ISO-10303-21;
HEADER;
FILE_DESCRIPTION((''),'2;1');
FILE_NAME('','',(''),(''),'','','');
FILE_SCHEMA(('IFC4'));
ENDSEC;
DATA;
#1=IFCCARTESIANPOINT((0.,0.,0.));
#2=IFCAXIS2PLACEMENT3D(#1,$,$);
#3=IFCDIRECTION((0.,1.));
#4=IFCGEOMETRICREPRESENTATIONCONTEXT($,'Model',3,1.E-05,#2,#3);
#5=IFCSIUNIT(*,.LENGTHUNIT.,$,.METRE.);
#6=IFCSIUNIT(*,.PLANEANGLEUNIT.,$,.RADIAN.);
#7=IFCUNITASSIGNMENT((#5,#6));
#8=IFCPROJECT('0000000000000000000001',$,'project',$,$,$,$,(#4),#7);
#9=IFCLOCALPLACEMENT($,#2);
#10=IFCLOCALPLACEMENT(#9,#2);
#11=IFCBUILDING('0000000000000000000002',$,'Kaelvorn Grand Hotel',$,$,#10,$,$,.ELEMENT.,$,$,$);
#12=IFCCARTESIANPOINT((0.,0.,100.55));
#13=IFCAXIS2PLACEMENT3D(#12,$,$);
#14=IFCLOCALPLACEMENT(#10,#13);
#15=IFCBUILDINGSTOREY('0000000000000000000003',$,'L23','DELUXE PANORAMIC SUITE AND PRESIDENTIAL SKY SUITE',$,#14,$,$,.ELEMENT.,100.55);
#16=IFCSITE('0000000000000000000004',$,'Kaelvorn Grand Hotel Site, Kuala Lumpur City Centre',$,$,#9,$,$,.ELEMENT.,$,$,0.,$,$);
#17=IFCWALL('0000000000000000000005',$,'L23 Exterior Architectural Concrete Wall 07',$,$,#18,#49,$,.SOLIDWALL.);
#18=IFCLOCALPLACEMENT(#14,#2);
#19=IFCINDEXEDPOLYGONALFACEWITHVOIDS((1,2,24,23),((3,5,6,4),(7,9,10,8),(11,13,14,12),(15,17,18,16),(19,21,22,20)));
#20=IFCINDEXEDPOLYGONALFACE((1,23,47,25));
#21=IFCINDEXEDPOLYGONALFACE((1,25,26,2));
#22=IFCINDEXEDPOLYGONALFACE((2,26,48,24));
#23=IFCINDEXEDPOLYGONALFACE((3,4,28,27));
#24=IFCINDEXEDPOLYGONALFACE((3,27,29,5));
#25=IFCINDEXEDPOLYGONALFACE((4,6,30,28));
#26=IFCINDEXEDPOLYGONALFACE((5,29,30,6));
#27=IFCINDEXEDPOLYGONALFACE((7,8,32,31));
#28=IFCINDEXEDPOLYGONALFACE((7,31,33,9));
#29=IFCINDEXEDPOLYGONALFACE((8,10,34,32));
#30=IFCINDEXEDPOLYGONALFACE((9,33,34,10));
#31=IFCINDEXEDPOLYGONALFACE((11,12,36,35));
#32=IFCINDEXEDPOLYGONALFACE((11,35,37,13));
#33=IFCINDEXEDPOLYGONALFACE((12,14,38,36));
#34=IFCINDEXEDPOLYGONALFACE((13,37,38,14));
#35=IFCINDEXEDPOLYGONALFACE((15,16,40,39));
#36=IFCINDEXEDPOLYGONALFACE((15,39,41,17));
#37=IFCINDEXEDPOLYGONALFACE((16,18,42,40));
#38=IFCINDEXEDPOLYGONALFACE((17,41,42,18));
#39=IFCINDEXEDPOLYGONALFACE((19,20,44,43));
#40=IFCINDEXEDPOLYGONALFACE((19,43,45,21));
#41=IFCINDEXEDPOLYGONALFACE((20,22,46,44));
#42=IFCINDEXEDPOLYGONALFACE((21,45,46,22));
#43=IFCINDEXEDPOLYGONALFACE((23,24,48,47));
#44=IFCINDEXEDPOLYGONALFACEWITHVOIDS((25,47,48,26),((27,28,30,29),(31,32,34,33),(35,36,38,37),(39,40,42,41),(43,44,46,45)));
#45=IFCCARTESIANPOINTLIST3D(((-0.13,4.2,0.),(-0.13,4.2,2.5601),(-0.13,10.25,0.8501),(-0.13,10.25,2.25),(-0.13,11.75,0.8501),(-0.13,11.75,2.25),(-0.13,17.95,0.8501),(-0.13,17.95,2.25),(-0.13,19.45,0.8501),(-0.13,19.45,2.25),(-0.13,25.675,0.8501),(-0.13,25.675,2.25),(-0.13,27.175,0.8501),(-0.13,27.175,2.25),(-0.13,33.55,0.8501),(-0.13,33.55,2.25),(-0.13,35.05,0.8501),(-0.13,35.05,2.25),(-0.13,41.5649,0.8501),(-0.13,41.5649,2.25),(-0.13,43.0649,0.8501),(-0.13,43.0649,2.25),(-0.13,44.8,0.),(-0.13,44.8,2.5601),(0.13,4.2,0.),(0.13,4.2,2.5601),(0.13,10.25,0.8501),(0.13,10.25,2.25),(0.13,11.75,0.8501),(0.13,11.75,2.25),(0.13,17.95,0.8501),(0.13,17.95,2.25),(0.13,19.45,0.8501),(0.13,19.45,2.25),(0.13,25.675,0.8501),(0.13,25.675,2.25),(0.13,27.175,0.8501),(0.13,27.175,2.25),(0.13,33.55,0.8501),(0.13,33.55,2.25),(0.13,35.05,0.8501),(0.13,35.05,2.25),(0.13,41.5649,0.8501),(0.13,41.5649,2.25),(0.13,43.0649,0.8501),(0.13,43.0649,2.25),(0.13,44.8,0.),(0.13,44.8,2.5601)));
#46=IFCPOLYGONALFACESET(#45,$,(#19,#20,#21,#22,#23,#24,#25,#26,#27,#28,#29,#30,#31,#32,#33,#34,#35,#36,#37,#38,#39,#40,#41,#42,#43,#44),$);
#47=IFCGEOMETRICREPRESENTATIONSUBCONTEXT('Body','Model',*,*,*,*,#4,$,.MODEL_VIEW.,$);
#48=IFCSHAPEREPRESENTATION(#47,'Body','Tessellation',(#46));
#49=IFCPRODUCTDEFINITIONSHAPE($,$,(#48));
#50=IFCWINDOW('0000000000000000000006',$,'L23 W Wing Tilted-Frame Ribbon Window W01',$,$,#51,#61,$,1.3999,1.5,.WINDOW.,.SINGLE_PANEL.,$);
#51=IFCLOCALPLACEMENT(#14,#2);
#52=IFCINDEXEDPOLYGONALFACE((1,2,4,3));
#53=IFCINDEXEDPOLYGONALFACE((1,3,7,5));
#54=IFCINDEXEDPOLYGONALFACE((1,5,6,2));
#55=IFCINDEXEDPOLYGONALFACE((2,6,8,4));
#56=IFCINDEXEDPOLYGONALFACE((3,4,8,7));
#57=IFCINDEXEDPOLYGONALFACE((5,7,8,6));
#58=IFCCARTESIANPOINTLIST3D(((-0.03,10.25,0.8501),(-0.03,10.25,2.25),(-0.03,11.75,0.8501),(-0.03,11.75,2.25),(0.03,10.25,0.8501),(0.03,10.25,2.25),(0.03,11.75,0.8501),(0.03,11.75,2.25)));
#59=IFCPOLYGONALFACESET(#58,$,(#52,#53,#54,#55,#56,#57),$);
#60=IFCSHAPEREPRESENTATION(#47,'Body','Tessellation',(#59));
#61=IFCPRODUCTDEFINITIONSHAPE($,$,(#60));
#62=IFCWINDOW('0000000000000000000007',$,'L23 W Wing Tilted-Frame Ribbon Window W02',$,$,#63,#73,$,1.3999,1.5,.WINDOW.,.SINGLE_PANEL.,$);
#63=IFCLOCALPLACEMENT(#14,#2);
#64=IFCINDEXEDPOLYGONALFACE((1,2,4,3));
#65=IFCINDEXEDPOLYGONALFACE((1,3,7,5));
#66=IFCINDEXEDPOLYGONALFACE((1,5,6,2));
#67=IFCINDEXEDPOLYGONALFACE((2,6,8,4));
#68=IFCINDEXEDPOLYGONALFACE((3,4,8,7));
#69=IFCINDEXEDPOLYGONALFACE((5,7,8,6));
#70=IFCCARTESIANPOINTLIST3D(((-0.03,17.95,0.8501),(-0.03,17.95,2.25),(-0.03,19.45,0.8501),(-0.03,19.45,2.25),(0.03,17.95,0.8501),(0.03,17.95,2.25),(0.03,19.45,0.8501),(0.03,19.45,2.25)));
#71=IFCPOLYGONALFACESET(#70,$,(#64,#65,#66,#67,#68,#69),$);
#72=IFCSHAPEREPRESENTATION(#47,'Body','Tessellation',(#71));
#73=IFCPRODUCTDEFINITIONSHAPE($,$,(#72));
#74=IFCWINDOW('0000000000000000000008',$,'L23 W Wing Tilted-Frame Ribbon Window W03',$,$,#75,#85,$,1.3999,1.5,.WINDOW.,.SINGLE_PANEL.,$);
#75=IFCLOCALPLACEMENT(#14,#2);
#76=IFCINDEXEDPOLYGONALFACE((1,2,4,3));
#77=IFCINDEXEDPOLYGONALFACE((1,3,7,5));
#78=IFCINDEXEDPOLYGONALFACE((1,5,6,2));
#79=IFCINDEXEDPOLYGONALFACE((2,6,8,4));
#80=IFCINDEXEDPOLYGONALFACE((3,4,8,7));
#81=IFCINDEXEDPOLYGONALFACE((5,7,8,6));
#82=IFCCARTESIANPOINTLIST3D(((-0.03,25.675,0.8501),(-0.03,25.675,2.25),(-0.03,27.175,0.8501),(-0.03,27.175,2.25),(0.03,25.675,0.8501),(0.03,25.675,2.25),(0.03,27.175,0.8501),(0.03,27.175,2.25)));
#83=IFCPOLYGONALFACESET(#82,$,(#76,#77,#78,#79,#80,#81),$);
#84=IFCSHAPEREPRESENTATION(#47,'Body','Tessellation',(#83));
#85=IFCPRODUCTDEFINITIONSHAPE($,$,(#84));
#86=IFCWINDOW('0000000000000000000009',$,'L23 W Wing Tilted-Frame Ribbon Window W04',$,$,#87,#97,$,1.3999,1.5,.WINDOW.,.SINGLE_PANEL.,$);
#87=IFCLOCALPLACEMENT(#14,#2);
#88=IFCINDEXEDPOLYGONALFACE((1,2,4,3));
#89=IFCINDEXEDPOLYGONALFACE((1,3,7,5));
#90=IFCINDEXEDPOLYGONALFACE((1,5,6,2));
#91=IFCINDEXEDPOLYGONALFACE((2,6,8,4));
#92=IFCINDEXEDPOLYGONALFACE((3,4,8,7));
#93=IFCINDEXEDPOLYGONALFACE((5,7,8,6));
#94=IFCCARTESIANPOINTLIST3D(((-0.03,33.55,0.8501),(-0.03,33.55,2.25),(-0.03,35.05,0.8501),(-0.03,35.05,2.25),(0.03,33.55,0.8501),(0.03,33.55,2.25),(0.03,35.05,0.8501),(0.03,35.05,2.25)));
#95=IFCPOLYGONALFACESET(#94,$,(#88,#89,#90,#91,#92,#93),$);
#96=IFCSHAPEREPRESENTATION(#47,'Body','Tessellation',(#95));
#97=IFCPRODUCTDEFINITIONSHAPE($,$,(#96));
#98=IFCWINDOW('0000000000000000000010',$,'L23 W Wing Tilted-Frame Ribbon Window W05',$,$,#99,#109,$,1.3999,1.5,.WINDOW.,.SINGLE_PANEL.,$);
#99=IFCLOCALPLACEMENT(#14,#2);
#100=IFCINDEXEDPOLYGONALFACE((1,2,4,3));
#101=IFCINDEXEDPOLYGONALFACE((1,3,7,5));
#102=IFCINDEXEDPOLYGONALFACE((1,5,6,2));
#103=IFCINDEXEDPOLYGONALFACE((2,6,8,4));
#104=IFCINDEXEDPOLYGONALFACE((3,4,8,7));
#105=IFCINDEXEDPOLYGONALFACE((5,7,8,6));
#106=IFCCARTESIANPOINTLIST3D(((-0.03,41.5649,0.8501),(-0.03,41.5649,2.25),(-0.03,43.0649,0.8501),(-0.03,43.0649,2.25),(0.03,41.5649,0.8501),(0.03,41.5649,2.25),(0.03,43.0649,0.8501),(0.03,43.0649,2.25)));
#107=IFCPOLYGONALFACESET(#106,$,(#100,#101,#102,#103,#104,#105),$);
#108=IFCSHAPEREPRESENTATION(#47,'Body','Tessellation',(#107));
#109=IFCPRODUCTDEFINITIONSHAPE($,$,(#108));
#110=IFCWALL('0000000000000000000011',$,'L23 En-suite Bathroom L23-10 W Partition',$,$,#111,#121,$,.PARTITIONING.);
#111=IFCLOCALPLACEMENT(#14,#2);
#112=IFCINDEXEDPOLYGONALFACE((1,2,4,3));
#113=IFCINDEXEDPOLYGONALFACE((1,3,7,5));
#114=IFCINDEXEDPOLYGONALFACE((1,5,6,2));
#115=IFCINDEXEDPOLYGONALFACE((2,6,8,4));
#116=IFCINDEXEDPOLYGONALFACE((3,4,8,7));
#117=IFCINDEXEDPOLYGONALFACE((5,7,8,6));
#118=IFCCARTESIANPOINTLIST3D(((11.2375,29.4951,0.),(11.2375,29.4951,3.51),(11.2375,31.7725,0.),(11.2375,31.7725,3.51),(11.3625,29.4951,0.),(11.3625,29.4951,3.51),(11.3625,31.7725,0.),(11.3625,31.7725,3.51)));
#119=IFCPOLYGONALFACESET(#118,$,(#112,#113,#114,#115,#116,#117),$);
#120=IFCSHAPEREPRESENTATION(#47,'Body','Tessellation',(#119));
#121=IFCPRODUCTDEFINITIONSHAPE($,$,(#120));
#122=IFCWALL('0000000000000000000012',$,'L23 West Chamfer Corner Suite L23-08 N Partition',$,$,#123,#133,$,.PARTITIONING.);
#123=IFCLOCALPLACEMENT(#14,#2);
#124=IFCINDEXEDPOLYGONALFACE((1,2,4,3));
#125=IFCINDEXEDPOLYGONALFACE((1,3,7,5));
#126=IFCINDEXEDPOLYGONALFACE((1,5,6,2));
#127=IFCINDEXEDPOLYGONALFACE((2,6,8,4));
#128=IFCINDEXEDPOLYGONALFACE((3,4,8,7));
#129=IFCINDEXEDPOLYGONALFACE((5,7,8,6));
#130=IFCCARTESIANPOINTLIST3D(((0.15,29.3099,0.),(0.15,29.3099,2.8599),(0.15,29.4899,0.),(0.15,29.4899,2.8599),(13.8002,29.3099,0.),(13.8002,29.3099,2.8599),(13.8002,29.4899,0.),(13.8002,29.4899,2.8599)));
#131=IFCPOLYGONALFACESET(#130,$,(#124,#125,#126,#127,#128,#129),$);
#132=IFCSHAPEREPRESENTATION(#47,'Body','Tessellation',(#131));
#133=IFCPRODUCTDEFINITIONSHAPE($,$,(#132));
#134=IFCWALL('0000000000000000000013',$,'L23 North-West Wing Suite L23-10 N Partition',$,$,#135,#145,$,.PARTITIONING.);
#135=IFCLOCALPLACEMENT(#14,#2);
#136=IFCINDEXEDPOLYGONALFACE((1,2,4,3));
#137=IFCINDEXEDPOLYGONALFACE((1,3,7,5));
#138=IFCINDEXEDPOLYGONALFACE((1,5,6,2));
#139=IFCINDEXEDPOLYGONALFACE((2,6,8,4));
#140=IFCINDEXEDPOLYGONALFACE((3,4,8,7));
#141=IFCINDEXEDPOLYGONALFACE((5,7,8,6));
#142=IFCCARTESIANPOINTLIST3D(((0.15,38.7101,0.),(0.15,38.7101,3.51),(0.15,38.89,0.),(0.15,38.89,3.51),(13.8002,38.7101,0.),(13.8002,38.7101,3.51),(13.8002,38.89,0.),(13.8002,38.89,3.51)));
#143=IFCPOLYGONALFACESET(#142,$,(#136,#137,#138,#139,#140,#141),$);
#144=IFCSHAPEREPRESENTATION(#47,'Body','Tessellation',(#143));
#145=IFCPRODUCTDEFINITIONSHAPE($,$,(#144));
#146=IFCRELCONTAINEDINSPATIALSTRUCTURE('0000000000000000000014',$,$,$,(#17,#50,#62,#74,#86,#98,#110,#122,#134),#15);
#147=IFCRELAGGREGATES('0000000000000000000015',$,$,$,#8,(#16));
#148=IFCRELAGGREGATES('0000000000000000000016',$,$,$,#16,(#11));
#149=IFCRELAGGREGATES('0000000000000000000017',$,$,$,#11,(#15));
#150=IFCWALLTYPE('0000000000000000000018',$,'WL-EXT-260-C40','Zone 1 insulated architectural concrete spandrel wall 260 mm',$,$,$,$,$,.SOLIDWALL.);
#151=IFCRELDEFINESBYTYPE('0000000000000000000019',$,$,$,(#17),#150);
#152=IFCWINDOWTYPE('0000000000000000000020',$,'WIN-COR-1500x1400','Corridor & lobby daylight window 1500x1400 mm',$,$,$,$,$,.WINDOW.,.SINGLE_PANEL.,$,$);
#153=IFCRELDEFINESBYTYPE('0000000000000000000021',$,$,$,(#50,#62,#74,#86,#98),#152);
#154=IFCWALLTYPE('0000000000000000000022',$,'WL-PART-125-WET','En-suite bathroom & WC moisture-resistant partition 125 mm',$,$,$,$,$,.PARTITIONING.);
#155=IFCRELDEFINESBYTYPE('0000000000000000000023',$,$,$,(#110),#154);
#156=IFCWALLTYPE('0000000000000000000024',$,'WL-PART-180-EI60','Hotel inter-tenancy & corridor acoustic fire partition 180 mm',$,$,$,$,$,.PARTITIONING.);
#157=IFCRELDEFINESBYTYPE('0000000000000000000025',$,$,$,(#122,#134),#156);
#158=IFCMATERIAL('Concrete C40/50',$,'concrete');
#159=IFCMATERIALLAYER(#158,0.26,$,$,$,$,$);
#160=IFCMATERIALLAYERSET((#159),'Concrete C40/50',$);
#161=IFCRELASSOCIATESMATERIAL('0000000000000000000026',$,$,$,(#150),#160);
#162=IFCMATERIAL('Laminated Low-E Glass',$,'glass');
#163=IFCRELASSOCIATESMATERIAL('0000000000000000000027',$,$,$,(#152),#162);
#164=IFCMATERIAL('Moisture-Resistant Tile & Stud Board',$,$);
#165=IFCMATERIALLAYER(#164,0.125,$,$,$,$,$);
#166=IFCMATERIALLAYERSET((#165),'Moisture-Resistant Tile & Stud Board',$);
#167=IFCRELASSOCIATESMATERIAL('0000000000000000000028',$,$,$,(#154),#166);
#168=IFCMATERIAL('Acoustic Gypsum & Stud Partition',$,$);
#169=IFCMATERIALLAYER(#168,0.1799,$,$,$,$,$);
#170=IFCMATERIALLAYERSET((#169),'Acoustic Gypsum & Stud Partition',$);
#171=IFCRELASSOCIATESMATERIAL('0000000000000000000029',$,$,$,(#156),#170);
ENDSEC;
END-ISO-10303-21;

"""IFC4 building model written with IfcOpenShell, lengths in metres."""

from ifc_helpers import new_model, si_unit, direction, frame, frame_2d, origin, place, context, subcontext, project, spatial, rectangle, extrude, material, layer, layer_set, type_object, element, fill, save


model = new_model("IFC4")

# Units and contexts
model_context = context("Model", 3, precision=1e-05, world=origin(), true_north=direction((0.0, 1.0)))
body_context = subcontext(model_context, "Body", "Model", "MODEL_VIEW")
ifc_project = project(units=[si_unit("LENGTHUNIT", "METRE"), si_unit("PLANEANGLEUNIT", "RADIAN")], contexts=[model_context])

# Site, building, storey
site_placement = place(None, origin())
site = spatial("IfcSite", under=ifc_project, at=site_placement, Name="Kaelvorn Grand Hotel Site, Kuala Lumpur City Centre", CompositionType="ELEMENT", RefElevation=0.0)
building_placement = place(site_placement, origin())
building = spatial("IfcBuilding", under=site, at=building_placement, Name="Kaelvorn Grand Hotel", CompositionType="ELEMENT")
storey_placement = place(building_placement, frame((0.0, 0.0, 100.55)))
storey = spatial("IfcBuildingStorey", under=building, at=storey_placement, Name="L23", Description="DELUXE PANORAMIC SUITE AND PRESIDENTIAL SKY SUITE", CompositionType="ELEMENT", Elevation=100.55)

# Shared definitions
ifc_material_1 = material(Name="Concrete C40/50", Category="concrete")
ifc_layer_1 = layer(ifc_material_1, 0.26)
ifc_layer_set_1 = layer_set([ifc_layer_1], Name="Concrete C40/50")
wall_type_1 = type_object("IfcWallType", Name="WL-EXT-260-C40", Description="Zone 1 insulated architectural concrete spandrel wall 260 mm", PredefinedType="SOLIDWALL", material=ifc_layer_set_1)

# Wall, openings, windows
wall_1_placement = place(storey_placement, frame((0.0, 44.8, 0.0), z_axis=(0.0, 0.0, 1.0), x_axis=(0.0, -1.0, 0.0)))
wall_1 = element("IfcWall", 1, at=wall_1_placement, inside=storey, type_object=wall_type_1, Name="L23 Exterior Architectural Concrete Wall 07", PredefinedType="SOLIDWALL", context=body_context, shape_type="SweptSolid", body=[
    extrude(rectangle(XDim=40.6001, YDim=0.26, at=frame_2d((20.3, 0.0))), origin(), (0.0, 0.0, 1.0), 2.5601),
])
opening_1_placement = place(wall_1_placement, frame((33.05, 0.0, 0.8501)))
opening_1 = element("IfcOpeningElement", 2, at=opening_1_placement, cuts=wall_1, PredefinedType="OPENING", context=body_context, shape_type="SweptSolid", body=[
    extrude(rectangle(XDim=1.5, YDim=1.3999, at=frame_2d((0.75, 0.7))), frame((0.0, 0.1401, 0.0), z_axis=(0.0, -1.0, 0.0), x_axis=(1.0, 0.0, 0.0)), (0.0, 0.0, 1.0), 0.28),
])
opening_2_placement = place(wall_1_placement, frame((25.3501, 0.0, 0.8501)))
opening_2 = element("IfcOpeningElement", 3, at=opening_2_placement, cuts=wall_1, PredefinedType="OPENING", context=body_context, shape_type="SweptSolid", body=[
    extrude(rectangle(XDim=1.5, YDim=1.3999, at=frame_2d((0.75, 0.7))), frame((0.0, 0.1401, 0.0), z_axis=(0.0, -1.0, 0.0), x_axis=(1.0, 0.0, 0.0)), (0.0, 0.0, 1.0), 0.28),
])
opening_3_placement = place(wall_1_placement, frame((17.625, 0.0, 0.8501)))
opening_3 = element("IfcOpeningElement", 4, at=opening_3_placement, cuts=wall_1, PredefinedType="OPENING", context=body_context, shape_type="SweptSolid", body=[
    extrude(rectangle(XDim=1.5, YDim=1.3999, at=frame_2d((0.75, 0.7))), frame((0.0, 0.1401, 0.0), z_axis=(0.0, -1.0, 0.0), x_axis=(1.0, 0.0, 0.0)), (0.0, 0.0, 1.0), 0.28),
])
opening_4_placement = place(wall_1_placement, frame((9.75, 0.0, 0.8501)))
opening_4 = element("IfcOpeningElement", 5, at=opening_4_placement, cuts=wall_1, PredefinedType="OPENING", context=body_context, shape_type="SweptSolid", body=[
    extrude(rectangle(XDim=1.5, YDim=1.3999, at=frame_2d((0.75, 0.7))), frame((0.0, 0.1401, 0.0), z_axis=(0.0, -1.0, 0.0), x_axis=(1.0, 0.0, 0.0)), (0.0, 0.0, 1.0), 0.28),
])
opening_5_placement = place(wall_1_placement, frame((1.7351, 0.0, 0.8501)))
opening_5 = element("IfcOpeningElement", 6, at=opening_5_placement, cuts=wall_1, PredefinedType="OPENING", context=body_context, shape_type="SweptSolid", body=[
    extrude(rectangle(XDim=1.5, YDim=1.3999, at=frame_2d((0.75, 0.7))), frame((0.0, 0.1401, 0.0), z_axis=(0.0, -1.0, 0.0), x_axis=(1.0, 0.0, 0.0)), (0.0, 0.0, 1.0), 0.28),
])
ifc_material_2 = material(Name="Laminated Low-E Glass", Category="glass")
window_type = type_object("IfcWindowType", Name="WIN-COR-1500x1400", Description="Corridor & lobby daylight window 1500x1400 mm", PartitioningType="SINGLE_PANEL", PredefinedType="WINDOW", material=ifc_material_2)
window_1_placement = place(opening_1_placement, origin())
window_1 = element("IfcWindow", 7, at=window_1_placement, inside=storey, type_object=window_type, Name="L23 W Wing Tilted-Frame Ribbon Window W01", OverallHeight=1.3999, OverallWidth=1.5, PartitioningType="SINGLE_PANEL", PredefinedType="WINDOW", context=body_context, shape_type="SweptSolid", body=[
    extrude(rectangle(XDim=1.5, YDim=1.3999, at=frame_2d((0.75, 0.7))), frame((0.0, 0.03, 0.0), z_axis=(0.0, -1.0, 0.0), x_axis=(1.0, 0.0, 0.0)), (0.0, 0.0, 1.0), 0.0601),
])
fill(opening_1, window_1)
window_2_placement = place(opening_2_placement, origin())
window_2 = element("IfcWindow", 8, at=window_2_placement, inside=storey, type_object=window_type, Name="L23 W Wing Tilted-Frame Ribbon Window W02", OverallHeight=1.3999, OverallWidth=1.5, PartitioningType="SINGLE_PANEL", PredefinedType="WINDOW", context=body_context, shape_type="SweptSolid", body=[
    extrude(rectangle(XDim=1.5, YDim=1.3999, at=frame_2d((0.75, 0.7))), frame((0.0, 0.03, 0.0), z_axis=(0.0, -1.0, 0.0), x_axis=(1.0, 0.0, 0.0)), (0.0, 0.0, 1.0), 0.0601),
])
fill(opening_2, window_2)
window_3_placement = place(opening_3_placement, origin())
window_3 = element("IfcWindow", 9, at=window_3_placement, inside=storey, type_object=window_type, Name="L23 W Wing Tilted-Frame Ribbon Window W03", OverallHeight=1.3999, OverallWidth=1.5, PartitioningType="SINGLE_PANEL", PredefinedType="WINDOW", context=body_context, shape_type="SweptSolid", body=[
    extrude(rectangle(XDim=1.5, YDim=1.3999, at=frame_2d((0.75, 0.7))), frame((0.0, 0.03, 0.0), z_axis=(0.0, -1.0, 0.0), x_axis=(1.0, 0.0, 0.0)), (0.0, 0.0, 1.0), 0.0601),
])
fill(opening_3, window_3)
window_4_placement = place(opening_4_placement, origin())
window_4 = element("IfcWindow", 10, at=window_4_placement, inside=storey, type_object=window_type, Name="L23 W Wing Tilted-Frame Ribbon Window W04", OverallHeight=1.3999, OverallWidth=1.5, PartitioningType="SINGLE_PANEL", PredefinedType="WINDOW", context=body_context, shape_type="SweptSolid", body=[
    extrude(rectangle(XDim=1.5, YDim=1.3999, at=frame_2d((0.75, 0.7))), frame((0.0, 0.03, 0.0), z_axis=(0.0, -1.0, 0.0), x_axis=(1.0, 0.0, 0.0)), (0.0, 0.0, 1.0), 0.0601),
])
fill(opening_4, window_4)
window_5_placement = place(opening_5_placement, origin())
window_5 = element("IfcWindow", 11, at=window_5_placement, inside=storey, type_object=window_type, Name="L23 W Wing Tilted-Frame Ribbon Window W05", OverallHeight=1.3999, OverallWidth=1.5, PartitioningType="SINGLE_PANEL", PredefinedType="WINDOW", context=body_context, shape_type="SweptSolid", body=[
    extrude(rectangle(XDim=1.5, YDim=1.3999, at=frame_2d((0.75, 0.7))), frame((0.0, 0.03, 0.0), z_axis=(0.0, -1.0, 0.0), x_axis=(1.0, 0.0, 0.0)), (0.0, 0.0, 1.0), 0.0601),
])
fill(opening_5, window_5)

# Walls
ifc_material_3 = material(Name="Moisture-Resistant Tile & Stud Board")
ifc_layer_2 = layer(ifc_material_3, 0.125)
ifc_layer_set_2 = layer_set([ifc_layer_2], Name="Moisture-Resistant Tile & Stud Board")
wall_type_2 = type_object("IfcWallType", Name="WL-PART-125-WET", Description="En-suite bathroom & WC moisture-resistant partition 125 mm", PredefinedType="PARTITIONING", material=ifc_layer_set_2)
wall_2_placement = place(storey_placement, frame((11.3, 29.4951, 0.0), z_axis=(0.0, 0.0, 1.0), x_axis=(0.0, 1.0, 0.0)))
element("IfcWall", 12, at=wall_2_placement, inside=storey, type_object=wall_type_2, Name="L23 En-suite Bathroom L23-10 W Partition", PredefinedType="PARTITIONING", context=body_context, shape_type="SweptSolid", body=[
    extrude(rectangle(XDim=2.2773, YDim=0.125, at=frame_2d((1.1387, 0.0))), origin(), (0.0, 0.0, 1.0), 3.51),
])
ifc_material_4 = material(Name="Acoustic Gypsum & Stud Partition")
ifc_layer_3 = layer(ifc_material_4, 0.1799)
ifc_layer_set_3 = layer_set([ifc_layer_3], Name="Acoustic Gypsum & Stud Partition")
wall_type_3 = type_object("IfcWallType", Name="WL-PART-180-EI60", Description="Hotel inter-tenancy & corridor acoustic fire partition 180 mm", PredefinedType="PARTITIONING", material=ifc_layer_set_3)
wall_3_placement = place(storey_placement, frame((0.1499, 29.3999, 0.0), z_axis=(0.0, 0.0, 1.0), x_axis=(1.0, 0.0, 0.0)))
element("IfcWall", 13, at=wall_3_placement, inside=storey, type_object=wall_type_3, Name="L23 West Chamfer Corner Suite L23-08 N Partition", PredefinedType="PARTITIONING", context=body_context, shape_type="SweptSolid", body=[
    extrude(rectangle(XDim=13.6501, YDim=0.1799, at=frame_2d((6.8252, 0.0))), origin(), (0.0, 0.0, 1.0), 2.8599),
])
wall_4_placement = place(storey_placement, frame((0.1499, 38.8, 0.0), z_axis=(0.0, 0.0, 1.0), x_axis=(1.0, 0.0, 0.0)))
element("IfcWall", 14, at=wall_4_placement, inside=storey, type_object=wall_type_3, Name="L23 North-West Wing Suite L23-10 N Partition", PredefinedType="PARTITIONING", context=body_context, shape_type="SweptSolid", body=[
    extrude(rectangle(XDim=13.6501, YDim=0.1799, at=frame_2d((6.8252, 0.0))), origin(), (0.0, 0.0, 1.0), 3.51),
])

save(model, "model.ifc")
